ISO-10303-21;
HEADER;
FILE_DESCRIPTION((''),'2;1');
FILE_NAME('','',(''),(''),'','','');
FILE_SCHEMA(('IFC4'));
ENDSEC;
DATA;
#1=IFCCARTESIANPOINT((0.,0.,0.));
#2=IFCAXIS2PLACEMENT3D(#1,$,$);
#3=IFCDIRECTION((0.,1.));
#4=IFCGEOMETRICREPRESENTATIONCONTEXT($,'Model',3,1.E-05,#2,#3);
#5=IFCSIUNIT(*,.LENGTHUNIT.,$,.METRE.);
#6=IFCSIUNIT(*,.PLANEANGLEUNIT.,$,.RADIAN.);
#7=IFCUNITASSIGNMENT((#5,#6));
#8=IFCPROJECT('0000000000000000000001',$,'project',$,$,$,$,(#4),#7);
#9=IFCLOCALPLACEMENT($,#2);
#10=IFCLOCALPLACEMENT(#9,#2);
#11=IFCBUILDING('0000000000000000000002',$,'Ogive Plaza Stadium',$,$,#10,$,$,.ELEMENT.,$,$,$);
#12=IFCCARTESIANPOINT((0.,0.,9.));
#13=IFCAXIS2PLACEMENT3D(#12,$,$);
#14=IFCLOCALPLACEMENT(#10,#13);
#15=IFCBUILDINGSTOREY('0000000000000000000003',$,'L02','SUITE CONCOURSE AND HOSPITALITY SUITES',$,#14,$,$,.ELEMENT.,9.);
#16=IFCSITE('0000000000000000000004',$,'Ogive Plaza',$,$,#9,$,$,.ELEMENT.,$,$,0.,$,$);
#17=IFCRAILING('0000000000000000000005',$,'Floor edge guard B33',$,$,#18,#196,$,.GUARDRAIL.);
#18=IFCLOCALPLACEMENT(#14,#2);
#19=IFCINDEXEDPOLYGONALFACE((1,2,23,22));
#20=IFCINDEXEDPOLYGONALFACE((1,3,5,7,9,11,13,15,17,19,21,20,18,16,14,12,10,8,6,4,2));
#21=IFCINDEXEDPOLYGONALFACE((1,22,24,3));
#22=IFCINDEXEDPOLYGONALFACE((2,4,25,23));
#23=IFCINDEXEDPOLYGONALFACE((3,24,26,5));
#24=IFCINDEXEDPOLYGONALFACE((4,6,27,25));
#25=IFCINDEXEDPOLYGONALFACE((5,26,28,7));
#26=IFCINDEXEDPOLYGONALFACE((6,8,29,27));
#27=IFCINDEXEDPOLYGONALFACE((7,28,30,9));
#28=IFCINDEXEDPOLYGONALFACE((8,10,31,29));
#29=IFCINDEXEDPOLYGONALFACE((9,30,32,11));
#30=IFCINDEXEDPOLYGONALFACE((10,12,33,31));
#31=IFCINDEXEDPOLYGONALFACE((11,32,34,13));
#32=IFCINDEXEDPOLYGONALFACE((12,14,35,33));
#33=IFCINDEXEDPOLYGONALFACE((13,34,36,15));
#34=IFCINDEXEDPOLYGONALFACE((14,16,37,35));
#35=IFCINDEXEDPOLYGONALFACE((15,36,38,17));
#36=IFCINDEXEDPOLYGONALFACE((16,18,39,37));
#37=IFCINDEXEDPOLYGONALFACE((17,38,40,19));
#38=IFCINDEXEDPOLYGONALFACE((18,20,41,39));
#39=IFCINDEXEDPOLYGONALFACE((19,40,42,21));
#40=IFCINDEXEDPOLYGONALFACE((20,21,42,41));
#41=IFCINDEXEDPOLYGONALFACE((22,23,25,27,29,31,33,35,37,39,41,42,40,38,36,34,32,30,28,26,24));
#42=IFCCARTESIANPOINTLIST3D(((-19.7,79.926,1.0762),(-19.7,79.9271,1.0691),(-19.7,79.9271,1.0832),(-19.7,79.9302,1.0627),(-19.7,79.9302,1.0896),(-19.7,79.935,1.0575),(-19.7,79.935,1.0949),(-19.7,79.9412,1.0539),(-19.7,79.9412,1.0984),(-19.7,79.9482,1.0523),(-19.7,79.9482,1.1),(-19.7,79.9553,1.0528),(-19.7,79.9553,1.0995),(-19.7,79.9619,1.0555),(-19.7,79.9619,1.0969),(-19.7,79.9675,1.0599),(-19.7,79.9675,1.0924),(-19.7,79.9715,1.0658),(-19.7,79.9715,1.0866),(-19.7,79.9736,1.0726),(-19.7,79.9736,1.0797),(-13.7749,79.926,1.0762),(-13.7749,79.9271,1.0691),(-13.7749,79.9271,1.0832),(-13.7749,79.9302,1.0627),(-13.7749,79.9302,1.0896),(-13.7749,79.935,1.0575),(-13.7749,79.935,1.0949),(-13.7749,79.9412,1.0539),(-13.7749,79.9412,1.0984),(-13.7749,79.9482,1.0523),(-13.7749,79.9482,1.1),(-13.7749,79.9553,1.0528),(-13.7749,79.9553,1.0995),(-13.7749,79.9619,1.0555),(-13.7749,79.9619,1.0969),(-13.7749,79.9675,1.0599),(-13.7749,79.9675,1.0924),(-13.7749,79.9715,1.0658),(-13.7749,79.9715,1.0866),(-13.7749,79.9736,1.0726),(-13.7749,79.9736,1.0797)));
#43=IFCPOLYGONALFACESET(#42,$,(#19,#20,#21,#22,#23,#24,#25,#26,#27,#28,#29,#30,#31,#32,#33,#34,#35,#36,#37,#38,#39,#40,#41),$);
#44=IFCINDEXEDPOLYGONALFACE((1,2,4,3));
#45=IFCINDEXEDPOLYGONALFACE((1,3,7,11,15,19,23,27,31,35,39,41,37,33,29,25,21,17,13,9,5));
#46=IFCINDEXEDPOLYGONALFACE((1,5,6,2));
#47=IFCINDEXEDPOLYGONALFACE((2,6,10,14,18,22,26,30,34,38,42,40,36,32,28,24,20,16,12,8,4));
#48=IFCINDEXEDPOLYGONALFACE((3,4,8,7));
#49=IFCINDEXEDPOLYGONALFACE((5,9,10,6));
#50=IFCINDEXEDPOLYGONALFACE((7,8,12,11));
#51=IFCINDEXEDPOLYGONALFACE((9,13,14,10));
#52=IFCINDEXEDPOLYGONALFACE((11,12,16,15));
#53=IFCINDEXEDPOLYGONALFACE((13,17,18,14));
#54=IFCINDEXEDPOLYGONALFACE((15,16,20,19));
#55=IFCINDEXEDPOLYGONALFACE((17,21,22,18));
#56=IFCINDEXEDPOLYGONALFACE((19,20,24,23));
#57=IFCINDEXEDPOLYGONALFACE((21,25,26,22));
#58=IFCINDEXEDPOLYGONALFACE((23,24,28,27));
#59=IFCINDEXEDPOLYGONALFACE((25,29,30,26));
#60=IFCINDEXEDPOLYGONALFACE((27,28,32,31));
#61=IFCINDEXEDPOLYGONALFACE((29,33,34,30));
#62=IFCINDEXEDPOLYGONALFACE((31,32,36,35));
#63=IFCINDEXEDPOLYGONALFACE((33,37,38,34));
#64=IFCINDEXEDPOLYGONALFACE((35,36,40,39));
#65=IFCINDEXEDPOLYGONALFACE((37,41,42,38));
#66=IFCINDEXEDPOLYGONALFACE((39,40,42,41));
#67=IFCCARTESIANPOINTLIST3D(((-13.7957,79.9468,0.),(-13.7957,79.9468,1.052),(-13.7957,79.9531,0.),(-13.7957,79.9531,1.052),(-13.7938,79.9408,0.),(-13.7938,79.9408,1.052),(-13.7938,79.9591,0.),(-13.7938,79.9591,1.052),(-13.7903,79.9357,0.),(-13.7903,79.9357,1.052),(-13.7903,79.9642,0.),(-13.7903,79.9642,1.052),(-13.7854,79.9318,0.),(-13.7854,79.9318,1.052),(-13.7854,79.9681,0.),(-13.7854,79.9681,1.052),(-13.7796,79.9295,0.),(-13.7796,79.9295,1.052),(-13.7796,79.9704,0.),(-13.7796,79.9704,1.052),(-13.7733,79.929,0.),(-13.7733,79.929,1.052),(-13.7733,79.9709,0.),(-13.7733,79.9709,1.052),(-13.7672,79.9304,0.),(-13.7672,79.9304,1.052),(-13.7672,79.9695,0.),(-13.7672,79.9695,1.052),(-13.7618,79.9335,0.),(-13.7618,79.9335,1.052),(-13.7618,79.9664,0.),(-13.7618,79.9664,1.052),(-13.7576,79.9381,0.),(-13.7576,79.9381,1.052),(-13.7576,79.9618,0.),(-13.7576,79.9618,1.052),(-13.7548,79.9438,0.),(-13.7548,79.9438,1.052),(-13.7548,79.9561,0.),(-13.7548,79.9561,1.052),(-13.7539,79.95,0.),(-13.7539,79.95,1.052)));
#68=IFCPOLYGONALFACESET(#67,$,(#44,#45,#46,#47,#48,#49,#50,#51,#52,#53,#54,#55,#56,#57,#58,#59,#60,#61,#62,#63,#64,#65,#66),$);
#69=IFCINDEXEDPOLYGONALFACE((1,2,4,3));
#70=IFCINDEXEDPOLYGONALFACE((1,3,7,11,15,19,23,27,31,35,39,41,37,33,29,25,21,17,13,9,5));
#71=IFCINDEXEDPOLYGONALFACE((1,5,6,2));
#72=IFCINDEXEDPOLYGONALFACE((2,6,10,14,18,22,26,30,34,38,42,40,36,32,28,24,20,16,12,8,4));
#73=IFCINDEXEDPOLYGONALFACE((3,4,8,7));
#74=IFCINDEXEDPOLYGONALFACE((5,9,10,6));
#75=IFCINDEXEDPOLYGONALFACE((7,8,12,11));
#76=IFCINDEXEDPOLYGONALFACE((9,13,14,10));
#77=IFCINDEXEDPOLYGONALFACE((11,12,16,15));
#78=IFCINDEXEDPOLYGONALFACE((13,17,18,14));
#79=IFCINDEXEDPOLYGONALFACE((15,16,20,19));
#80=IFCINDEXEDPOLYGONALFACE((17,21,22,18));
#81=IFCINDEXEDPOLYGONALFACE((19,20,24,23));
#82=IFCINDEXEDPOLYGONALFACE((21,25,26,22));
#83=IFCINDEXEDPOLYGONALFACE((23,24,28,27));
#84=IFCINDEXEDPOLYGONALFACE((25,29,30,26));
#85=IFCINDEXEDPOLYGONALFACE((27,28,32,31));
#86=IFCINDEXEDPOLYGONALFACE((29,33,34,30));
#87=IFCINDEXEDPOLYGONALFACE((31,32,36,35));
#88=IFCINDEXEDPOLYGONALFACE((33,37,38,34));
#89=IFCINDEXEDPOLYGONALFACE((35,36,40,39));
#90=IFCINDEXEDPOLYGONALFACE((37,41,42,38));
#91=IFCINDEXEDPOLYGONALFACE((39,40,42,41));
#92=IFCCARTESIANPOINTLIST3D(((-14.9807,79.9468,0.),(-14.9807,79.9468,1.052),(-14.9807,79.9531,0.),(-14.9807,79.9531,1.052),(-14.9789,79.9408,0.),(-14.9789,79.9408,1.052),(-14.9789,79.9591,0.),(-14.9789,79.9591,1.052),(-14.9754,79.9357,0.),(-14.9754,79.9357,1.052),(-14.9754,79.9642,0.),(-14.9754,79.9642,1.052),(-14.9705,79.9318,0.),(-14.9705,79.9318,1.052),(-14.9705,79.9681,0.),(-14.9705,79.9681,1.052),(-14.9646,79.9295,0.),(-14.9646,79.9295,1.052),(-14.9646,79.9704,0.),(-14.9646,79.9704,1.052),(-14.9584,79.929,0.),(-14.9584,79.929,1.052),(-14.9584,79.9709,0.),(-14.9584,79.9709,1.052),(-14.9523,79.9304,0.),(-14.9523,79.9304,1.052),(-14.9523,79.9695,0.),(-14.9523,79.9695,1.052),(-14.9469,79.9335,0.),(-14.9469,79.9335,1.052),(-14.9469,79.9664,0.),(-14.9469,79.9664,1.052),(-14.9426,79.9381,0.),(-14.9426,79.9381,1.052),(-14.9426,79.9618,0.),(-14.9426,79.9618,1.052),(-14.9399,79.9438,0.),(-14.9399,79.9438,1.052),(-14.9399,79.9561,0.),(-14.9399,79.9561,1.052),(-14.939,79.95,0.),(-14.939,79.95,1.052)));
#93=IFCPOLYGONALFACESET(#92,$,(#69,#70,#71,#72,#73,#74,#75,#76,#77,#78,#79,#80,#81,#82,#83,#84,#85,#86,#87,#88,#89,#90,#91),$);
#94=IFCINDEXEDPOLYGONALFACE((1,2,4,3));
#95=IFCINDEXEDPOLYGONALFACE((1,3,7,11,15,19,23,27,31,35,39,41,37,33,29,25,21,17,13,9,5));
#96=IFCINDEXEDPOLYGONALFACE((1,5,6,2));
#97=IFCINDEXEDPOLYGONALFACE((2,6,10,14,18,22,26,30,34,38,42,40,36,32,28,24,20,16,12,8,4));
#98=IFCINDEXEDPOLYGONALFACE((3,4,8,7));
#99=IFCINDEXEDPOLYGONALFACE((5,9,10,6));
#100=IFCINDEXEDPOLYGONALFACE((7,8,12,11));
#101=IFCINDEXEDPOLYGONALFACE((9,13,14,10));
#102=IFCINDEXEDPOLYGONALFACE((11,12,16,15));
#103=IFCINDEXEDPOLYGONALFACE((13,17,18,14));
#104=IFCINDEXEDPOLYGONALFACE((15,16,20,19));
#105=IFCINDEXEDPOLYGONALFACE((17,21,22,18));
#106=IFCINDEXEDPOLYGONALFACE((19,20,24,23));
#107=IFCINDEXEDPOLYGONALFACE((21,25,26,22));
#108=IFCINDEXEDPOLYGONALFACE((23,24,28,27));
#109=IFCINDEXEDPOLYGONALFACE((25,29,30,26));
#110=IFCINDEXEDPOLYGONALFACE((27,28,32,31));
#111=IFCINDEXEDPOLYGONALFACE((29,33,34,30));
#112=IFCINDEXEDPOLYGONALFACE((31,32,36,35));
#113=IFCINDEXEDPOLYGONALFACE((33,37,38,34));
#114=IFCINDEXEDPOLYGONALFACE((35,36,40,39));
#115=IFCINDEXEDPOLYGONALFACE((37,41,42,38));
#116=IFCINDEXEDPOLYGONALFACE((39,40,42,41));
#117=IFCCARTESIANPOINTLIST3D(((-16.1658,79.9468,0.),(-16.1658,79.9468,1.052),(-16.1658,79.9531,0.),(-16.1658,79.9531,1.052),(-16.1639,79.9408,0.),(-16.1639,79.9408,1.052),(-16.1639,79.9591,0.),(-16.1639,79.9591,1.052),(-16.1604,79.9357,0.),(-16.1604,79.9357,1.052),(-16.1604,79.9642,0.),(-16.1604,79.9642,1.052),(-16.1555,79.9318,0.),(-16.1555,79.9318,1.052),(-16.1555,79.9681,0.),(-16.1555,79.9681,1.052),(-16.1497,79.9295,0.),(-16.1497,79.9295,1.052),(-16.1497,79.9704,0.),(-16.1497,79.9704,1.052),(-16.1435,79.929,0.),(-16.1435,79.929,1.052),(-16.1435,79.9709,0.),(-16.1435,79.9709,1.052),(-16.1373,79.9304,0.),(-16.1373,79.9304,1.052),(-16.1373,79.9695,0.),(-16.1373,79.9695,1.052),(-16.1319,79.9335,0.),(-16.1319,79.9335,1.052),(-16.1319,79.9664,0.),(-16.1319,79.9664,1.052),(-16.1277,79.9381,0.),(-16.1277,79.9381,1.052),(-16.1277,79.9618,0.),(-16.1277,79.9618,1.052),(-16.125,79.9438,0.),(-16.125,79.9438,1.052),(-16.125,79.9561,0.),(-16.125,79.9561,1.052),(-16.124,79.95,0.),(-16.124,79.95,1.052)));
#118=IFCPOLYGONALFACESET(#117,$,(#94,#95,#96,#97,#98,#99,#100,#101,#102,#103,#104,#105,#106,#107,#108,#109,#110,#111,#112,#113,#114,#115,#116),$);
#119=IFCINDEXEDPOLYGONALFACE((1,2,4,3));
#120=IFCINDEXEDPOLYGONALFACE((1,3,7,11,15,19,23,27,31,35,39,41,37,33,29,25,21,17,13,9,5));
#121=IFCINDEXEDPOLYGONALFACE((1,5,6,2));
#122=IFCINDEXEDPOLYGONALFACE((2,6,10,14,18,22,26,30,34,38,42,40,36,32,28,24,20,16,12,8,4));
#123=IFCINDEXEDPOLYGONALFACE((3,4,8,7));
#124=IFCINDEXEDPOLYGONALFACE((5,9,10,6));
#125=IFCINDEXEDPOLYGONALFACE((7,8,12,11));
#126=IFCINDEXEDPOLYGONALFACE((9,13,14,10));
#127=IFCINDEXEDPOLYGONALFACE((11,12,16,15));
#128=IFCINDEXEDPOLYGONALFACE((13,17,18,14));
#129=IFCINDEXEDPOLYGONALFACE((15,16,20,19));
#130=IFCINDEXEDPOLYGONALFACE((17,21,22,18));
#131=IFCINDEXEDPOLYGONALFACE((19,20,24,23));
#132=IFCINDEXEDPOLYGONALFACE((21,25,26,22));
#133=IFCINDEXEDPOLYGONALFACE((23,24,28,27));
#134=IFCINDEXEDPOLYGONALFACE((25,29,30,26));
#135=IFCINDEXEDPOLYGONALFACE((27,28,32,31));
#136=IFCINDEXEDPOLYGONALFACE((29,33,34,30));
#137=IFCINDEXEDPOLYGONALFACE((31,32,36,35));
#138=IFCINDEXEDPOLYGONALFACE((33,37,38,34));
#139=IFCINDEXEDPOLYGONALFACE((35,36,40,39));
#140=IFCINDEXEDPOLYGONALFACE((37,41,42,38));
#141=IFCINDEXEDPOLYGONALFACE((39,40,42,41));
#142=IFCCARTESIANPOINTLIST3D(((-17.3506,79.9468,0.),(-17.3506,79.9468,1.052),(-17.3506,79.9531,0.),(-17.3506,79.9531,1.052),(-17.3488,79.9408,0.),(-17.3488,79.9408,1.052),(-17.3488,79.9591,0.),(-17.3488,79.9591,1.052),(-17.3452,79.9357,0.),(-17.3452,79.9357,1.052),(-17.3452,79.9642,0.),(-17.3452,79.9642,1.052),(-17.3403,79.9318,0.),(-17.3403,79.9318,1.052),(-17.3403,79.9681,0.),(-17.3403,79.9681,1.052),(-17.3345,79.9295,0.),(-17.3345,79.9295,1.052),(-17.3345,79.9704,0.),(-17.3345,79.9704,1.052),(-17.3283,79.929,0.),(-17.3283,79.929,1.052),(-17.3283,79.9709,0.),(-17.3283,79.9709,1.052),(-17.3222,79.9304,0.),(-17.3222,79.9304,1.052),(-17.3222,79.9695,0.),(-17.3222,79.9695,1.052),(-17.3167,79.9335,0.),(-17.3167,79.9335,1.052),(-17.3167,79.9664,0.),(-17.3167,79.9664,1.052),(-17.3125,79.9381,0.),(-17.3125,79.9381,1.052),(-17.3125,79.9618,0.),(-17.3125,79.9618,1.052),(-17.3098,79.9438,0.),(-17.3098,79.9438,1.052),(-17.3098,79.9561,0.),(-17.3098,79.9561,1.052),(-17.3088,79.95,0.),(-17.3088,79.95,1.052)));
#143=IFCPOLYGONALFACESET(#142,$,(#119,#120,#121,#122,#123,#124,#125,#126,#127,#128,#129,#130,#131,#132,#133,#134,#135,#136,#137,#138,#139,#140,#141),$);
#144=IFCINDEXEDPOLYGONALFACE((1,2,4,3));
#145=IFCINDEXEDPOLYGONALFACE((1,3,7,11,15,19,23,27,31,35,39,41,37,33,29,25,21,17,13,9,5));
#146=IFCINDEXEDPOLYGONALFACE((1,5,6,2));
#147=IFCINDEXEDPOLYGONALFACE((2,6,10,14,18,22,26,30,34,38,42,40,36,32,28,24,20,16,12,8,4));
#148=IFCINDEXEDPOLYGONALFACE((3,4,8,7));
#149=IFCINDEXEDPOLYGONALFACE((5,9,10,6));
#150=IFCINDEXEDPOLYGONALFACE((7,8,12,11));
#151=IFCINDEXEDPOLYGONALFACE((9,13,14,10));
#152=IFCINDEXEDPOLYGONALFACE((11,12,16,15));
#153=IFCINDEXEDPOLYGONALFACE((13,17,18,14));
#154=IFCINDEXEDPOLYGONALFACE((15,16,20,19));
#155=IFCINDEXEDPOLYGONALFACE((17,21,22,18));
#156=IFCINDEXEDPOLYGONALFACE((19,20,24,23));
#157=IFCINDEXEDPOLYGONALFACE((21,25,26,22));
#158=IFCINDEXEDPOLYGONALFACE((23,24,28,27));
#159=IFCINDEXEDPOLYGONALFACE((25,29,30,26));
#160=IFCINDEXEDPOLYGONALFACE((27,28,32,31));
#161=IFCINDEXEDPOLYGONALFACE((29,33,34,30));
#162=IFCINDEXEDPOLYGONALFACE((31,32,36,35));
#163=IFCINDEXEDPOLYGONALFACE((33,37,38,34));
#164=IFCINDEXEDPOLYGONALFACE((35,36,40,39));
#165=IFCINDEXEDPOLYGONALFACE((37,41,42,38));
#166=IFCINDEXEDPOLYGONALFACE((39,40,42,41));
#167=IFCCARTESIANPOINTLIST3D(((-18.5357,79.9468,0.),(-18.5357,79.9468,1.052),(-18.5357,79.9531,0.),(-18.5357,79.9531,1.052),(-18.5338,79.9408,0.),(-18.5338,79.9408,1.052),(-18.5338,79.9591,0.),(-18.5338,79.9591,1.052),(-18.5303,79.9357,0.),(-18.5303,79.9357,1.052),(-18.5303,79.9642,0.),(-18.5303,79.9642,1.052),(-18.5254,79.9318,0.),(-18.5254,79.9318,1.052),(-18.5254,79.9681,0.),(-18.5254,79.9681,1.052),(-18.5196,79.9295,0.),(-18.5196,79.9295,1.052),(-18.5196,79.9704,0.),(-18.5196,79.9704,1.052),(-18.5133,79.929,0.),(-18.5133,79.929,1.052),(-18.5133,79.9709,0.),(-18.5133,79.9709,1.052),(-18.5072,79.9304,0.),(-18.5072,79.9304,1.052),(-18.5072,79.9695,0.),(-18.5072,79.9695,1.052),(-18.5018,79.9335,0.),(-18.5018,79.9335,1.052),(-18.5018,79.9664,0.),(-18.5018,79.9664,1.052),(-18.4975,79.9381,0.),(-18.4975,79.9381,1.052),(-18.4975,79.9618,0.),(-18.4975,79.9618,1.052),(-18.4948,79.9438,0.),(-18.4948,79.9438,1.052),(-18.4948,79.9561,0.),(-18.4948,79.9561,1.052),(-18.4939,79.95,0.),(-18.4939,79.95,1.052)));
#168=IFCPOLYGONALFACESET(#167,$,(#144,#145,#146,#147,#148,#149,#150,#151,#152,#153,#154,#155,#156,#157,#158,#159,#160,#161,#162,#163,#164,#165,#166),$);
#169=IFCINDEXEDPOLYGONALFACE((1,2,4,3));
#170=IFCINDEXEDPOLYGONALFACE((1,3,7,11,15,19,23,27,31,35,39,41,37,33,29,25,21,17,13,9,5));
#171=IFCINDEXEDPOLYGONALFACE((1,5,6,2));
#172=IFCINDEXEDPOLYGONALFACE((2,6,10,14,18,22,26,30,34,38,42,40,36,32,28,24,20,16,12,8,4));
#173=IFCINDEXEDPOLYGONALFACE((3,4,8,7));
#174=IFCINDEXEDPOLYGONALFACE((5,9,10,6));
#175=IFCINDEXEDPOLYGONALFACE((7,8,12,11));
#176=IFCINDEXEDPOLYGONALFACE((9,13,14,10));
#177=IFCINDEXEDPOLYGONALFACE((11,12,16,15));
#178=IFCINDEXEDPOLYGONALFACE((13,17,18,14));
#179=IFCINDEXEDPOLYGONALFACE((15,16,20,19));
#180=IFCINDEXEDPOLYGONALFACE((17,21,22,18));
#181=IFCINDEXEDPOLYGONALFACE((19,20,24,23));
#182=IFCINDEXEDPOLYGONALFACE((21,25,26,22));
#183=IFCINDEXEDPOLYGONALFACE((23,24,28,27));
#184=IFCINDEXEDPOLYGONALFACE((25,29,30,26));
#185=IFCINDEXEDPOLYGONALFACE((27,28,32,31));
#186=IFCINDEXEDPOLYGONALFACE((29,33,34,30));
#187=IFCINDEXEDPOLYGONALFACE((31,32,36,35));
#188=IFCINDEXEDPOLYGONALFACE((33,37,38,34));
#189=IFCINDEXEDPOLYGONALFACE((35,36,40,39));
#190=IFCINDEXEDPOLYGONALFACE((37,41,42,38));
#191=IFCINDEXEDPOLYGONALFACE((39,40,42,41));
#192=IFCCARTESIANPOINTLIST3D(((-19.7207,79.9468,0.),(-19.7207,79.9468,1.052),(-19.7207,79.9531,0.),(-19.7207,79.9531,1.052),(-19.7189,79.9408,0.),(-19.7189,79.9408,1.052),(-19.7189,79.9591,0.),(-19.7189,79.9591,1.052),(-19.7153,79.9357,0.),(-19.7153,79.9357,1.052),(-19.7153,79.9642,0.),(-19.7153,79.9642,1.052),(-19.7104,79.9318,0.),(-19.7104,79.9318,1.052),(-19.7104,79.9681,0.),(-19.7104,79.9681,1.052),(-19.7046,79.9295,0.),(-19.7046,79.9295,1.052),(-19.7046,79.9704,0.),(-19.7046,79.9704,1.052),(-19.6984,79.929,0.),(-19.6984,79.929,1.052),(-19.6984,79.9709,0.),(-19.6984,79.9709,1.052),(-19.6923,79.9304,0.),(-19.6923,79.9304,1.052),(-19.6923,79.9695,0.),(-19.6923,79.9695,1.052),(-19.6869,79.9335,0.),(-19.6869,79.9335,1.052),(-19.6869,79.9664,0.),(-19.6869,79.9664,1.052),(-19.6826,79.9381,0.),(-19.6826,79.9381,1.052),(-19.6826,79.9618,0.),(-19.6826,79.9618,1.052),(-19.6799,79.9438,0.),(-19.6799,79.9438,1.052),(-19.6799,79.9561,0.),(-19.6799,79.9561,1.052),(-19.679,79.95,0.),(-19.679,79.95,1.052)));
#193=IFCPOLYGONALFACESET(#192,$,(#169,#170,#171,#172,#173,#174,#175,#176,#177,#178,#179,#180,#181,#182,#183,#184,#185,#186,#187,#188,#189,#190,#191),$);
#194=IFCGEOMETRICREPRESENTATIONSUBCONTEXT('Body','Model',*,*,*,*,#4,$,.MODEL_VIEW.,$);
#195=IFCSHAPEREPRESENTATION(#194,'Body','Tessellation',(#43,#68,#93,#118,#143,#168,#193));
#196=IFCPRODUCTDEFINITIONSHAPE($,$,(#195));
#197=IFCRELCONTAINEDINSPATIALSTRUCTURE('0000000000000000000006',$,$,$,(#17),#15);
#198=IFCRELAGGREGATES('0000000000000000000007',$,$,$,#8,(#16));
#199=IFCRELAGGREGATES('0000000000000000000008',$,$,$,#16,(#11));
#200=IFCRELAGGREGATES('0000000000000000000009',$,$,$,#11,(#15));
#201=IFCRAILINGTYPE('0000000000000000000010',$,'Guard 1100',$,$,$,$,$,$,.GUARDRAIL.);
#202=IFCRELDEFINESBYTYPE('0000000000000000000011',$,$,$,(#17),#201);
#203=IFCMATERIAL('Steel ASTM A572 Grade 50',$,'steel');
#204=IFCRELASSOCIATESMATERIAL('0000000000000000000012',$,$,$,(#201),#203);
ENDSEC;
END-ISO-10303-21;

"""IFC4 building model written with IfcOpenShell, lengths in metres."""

from ifc_helpers import new_model, si_unit, direction, frame, origin, origin_2d, place, context, subcontext, project, spatial, circle, extrude, material, type_object, element, save


model = new_model("IFC4")

# Units and contexts
model_context = context("Model", 3, precision=1e-05, world=origin(), true_north=direction((0.0, 1.0)))
body_context = subcontext(model_context, "Body", "Model", "MODEL_VIEW")
ifc_project = project(units=[si_unit("LENGTHUNIT", "METRE"), si_unit("PLANEANGLEUNIT", "RADIAN")], contexts=[model_context])

# Site, building, storey
site_placement = place(None, origin())
site = spatial("IfcSite", under=ifc_project, at=site_placement, Name="Ogive Plaza", CompositionType="ELEMENT", RefElevation=0.0)
building_placement = place(site_placement, origin())
building = spatial("IfcBuilding", under=site, at=building_placement, Name="Ogive Plaza Stadium", CompositionType="ELEMENT")
storey_placement = place(building_placement, frame((0.0, 0.0, 9.0)))
storey = spatial("IfcBuildingStorey", under=building, at=storey_placement, Name="L02", Description="SUITE CONCOURSE AND HOSPITALITY SUITES", CompositionType="ELEMENT", Elevation=9.0)

# Railing
ifc_material_1 = material(Name="Steel ASTM A572 Grade 50", Category="steel")
railing_type_1 = type_object("IfcRailingType", Name="Guard 1100", PredefinedType="GUARDRAIL", material=ifc_material_1)
railing_1_placement = place(storey_placement, frame((-13.7749, 79.95, 0.0)))
element("IfcRailing", 1, at=railing_1_placement, inside=storey, type_object=railing_type_1, Name="Floor edge guard B33", PredefinedType="GUARDRAIL", context=body_context, shape_type="SweptSolid", body=[
    extrude(circle(Radius=0.0239, at=origin_2d()), frame((0.0, 0.0, 1.0762), z_axis=(-1.0, 0.0, 0.0), x_axis=(0.0, -1.0, 0.0)), (0.0, 0.0, 1.0), 5.925),
    extrude(circle(Radius=0.021, at=origin_2d()), origin(), (0.0, 0.0, 1.0), 1.052),
    extrude(circle(Radius=0.021, at=origin_2d()), frame((-1.1851, 0.0, 0.0)), (0.0, 0.0, 1.0), 1.052),
    extrude(circle(Radius=0.021, at=origin_2d()), frame((-2.3701, 0.0, 0.0)), (0.0, 0.0, 1.0), 1.052),
    extrude(circle(Radius=0.021, at=origin_2d()), frame((-3.5549, 0.0, 0.0)), (0.0, 0.0, 1.0), 1.052),
    extrude(circle(Radius=0.021, at=origin_2d()), frame((-4.74, 0.0, 0.0)), (0.0, 0.0, 1.0), 1.052),
    extrude(circle(Radius=0.021, at=origin_2d()), frame((-5.925, 0.0, 0.0)), (0.0, 0.0, 1.0), 1.052),
])

save(model, "model.ifc")
